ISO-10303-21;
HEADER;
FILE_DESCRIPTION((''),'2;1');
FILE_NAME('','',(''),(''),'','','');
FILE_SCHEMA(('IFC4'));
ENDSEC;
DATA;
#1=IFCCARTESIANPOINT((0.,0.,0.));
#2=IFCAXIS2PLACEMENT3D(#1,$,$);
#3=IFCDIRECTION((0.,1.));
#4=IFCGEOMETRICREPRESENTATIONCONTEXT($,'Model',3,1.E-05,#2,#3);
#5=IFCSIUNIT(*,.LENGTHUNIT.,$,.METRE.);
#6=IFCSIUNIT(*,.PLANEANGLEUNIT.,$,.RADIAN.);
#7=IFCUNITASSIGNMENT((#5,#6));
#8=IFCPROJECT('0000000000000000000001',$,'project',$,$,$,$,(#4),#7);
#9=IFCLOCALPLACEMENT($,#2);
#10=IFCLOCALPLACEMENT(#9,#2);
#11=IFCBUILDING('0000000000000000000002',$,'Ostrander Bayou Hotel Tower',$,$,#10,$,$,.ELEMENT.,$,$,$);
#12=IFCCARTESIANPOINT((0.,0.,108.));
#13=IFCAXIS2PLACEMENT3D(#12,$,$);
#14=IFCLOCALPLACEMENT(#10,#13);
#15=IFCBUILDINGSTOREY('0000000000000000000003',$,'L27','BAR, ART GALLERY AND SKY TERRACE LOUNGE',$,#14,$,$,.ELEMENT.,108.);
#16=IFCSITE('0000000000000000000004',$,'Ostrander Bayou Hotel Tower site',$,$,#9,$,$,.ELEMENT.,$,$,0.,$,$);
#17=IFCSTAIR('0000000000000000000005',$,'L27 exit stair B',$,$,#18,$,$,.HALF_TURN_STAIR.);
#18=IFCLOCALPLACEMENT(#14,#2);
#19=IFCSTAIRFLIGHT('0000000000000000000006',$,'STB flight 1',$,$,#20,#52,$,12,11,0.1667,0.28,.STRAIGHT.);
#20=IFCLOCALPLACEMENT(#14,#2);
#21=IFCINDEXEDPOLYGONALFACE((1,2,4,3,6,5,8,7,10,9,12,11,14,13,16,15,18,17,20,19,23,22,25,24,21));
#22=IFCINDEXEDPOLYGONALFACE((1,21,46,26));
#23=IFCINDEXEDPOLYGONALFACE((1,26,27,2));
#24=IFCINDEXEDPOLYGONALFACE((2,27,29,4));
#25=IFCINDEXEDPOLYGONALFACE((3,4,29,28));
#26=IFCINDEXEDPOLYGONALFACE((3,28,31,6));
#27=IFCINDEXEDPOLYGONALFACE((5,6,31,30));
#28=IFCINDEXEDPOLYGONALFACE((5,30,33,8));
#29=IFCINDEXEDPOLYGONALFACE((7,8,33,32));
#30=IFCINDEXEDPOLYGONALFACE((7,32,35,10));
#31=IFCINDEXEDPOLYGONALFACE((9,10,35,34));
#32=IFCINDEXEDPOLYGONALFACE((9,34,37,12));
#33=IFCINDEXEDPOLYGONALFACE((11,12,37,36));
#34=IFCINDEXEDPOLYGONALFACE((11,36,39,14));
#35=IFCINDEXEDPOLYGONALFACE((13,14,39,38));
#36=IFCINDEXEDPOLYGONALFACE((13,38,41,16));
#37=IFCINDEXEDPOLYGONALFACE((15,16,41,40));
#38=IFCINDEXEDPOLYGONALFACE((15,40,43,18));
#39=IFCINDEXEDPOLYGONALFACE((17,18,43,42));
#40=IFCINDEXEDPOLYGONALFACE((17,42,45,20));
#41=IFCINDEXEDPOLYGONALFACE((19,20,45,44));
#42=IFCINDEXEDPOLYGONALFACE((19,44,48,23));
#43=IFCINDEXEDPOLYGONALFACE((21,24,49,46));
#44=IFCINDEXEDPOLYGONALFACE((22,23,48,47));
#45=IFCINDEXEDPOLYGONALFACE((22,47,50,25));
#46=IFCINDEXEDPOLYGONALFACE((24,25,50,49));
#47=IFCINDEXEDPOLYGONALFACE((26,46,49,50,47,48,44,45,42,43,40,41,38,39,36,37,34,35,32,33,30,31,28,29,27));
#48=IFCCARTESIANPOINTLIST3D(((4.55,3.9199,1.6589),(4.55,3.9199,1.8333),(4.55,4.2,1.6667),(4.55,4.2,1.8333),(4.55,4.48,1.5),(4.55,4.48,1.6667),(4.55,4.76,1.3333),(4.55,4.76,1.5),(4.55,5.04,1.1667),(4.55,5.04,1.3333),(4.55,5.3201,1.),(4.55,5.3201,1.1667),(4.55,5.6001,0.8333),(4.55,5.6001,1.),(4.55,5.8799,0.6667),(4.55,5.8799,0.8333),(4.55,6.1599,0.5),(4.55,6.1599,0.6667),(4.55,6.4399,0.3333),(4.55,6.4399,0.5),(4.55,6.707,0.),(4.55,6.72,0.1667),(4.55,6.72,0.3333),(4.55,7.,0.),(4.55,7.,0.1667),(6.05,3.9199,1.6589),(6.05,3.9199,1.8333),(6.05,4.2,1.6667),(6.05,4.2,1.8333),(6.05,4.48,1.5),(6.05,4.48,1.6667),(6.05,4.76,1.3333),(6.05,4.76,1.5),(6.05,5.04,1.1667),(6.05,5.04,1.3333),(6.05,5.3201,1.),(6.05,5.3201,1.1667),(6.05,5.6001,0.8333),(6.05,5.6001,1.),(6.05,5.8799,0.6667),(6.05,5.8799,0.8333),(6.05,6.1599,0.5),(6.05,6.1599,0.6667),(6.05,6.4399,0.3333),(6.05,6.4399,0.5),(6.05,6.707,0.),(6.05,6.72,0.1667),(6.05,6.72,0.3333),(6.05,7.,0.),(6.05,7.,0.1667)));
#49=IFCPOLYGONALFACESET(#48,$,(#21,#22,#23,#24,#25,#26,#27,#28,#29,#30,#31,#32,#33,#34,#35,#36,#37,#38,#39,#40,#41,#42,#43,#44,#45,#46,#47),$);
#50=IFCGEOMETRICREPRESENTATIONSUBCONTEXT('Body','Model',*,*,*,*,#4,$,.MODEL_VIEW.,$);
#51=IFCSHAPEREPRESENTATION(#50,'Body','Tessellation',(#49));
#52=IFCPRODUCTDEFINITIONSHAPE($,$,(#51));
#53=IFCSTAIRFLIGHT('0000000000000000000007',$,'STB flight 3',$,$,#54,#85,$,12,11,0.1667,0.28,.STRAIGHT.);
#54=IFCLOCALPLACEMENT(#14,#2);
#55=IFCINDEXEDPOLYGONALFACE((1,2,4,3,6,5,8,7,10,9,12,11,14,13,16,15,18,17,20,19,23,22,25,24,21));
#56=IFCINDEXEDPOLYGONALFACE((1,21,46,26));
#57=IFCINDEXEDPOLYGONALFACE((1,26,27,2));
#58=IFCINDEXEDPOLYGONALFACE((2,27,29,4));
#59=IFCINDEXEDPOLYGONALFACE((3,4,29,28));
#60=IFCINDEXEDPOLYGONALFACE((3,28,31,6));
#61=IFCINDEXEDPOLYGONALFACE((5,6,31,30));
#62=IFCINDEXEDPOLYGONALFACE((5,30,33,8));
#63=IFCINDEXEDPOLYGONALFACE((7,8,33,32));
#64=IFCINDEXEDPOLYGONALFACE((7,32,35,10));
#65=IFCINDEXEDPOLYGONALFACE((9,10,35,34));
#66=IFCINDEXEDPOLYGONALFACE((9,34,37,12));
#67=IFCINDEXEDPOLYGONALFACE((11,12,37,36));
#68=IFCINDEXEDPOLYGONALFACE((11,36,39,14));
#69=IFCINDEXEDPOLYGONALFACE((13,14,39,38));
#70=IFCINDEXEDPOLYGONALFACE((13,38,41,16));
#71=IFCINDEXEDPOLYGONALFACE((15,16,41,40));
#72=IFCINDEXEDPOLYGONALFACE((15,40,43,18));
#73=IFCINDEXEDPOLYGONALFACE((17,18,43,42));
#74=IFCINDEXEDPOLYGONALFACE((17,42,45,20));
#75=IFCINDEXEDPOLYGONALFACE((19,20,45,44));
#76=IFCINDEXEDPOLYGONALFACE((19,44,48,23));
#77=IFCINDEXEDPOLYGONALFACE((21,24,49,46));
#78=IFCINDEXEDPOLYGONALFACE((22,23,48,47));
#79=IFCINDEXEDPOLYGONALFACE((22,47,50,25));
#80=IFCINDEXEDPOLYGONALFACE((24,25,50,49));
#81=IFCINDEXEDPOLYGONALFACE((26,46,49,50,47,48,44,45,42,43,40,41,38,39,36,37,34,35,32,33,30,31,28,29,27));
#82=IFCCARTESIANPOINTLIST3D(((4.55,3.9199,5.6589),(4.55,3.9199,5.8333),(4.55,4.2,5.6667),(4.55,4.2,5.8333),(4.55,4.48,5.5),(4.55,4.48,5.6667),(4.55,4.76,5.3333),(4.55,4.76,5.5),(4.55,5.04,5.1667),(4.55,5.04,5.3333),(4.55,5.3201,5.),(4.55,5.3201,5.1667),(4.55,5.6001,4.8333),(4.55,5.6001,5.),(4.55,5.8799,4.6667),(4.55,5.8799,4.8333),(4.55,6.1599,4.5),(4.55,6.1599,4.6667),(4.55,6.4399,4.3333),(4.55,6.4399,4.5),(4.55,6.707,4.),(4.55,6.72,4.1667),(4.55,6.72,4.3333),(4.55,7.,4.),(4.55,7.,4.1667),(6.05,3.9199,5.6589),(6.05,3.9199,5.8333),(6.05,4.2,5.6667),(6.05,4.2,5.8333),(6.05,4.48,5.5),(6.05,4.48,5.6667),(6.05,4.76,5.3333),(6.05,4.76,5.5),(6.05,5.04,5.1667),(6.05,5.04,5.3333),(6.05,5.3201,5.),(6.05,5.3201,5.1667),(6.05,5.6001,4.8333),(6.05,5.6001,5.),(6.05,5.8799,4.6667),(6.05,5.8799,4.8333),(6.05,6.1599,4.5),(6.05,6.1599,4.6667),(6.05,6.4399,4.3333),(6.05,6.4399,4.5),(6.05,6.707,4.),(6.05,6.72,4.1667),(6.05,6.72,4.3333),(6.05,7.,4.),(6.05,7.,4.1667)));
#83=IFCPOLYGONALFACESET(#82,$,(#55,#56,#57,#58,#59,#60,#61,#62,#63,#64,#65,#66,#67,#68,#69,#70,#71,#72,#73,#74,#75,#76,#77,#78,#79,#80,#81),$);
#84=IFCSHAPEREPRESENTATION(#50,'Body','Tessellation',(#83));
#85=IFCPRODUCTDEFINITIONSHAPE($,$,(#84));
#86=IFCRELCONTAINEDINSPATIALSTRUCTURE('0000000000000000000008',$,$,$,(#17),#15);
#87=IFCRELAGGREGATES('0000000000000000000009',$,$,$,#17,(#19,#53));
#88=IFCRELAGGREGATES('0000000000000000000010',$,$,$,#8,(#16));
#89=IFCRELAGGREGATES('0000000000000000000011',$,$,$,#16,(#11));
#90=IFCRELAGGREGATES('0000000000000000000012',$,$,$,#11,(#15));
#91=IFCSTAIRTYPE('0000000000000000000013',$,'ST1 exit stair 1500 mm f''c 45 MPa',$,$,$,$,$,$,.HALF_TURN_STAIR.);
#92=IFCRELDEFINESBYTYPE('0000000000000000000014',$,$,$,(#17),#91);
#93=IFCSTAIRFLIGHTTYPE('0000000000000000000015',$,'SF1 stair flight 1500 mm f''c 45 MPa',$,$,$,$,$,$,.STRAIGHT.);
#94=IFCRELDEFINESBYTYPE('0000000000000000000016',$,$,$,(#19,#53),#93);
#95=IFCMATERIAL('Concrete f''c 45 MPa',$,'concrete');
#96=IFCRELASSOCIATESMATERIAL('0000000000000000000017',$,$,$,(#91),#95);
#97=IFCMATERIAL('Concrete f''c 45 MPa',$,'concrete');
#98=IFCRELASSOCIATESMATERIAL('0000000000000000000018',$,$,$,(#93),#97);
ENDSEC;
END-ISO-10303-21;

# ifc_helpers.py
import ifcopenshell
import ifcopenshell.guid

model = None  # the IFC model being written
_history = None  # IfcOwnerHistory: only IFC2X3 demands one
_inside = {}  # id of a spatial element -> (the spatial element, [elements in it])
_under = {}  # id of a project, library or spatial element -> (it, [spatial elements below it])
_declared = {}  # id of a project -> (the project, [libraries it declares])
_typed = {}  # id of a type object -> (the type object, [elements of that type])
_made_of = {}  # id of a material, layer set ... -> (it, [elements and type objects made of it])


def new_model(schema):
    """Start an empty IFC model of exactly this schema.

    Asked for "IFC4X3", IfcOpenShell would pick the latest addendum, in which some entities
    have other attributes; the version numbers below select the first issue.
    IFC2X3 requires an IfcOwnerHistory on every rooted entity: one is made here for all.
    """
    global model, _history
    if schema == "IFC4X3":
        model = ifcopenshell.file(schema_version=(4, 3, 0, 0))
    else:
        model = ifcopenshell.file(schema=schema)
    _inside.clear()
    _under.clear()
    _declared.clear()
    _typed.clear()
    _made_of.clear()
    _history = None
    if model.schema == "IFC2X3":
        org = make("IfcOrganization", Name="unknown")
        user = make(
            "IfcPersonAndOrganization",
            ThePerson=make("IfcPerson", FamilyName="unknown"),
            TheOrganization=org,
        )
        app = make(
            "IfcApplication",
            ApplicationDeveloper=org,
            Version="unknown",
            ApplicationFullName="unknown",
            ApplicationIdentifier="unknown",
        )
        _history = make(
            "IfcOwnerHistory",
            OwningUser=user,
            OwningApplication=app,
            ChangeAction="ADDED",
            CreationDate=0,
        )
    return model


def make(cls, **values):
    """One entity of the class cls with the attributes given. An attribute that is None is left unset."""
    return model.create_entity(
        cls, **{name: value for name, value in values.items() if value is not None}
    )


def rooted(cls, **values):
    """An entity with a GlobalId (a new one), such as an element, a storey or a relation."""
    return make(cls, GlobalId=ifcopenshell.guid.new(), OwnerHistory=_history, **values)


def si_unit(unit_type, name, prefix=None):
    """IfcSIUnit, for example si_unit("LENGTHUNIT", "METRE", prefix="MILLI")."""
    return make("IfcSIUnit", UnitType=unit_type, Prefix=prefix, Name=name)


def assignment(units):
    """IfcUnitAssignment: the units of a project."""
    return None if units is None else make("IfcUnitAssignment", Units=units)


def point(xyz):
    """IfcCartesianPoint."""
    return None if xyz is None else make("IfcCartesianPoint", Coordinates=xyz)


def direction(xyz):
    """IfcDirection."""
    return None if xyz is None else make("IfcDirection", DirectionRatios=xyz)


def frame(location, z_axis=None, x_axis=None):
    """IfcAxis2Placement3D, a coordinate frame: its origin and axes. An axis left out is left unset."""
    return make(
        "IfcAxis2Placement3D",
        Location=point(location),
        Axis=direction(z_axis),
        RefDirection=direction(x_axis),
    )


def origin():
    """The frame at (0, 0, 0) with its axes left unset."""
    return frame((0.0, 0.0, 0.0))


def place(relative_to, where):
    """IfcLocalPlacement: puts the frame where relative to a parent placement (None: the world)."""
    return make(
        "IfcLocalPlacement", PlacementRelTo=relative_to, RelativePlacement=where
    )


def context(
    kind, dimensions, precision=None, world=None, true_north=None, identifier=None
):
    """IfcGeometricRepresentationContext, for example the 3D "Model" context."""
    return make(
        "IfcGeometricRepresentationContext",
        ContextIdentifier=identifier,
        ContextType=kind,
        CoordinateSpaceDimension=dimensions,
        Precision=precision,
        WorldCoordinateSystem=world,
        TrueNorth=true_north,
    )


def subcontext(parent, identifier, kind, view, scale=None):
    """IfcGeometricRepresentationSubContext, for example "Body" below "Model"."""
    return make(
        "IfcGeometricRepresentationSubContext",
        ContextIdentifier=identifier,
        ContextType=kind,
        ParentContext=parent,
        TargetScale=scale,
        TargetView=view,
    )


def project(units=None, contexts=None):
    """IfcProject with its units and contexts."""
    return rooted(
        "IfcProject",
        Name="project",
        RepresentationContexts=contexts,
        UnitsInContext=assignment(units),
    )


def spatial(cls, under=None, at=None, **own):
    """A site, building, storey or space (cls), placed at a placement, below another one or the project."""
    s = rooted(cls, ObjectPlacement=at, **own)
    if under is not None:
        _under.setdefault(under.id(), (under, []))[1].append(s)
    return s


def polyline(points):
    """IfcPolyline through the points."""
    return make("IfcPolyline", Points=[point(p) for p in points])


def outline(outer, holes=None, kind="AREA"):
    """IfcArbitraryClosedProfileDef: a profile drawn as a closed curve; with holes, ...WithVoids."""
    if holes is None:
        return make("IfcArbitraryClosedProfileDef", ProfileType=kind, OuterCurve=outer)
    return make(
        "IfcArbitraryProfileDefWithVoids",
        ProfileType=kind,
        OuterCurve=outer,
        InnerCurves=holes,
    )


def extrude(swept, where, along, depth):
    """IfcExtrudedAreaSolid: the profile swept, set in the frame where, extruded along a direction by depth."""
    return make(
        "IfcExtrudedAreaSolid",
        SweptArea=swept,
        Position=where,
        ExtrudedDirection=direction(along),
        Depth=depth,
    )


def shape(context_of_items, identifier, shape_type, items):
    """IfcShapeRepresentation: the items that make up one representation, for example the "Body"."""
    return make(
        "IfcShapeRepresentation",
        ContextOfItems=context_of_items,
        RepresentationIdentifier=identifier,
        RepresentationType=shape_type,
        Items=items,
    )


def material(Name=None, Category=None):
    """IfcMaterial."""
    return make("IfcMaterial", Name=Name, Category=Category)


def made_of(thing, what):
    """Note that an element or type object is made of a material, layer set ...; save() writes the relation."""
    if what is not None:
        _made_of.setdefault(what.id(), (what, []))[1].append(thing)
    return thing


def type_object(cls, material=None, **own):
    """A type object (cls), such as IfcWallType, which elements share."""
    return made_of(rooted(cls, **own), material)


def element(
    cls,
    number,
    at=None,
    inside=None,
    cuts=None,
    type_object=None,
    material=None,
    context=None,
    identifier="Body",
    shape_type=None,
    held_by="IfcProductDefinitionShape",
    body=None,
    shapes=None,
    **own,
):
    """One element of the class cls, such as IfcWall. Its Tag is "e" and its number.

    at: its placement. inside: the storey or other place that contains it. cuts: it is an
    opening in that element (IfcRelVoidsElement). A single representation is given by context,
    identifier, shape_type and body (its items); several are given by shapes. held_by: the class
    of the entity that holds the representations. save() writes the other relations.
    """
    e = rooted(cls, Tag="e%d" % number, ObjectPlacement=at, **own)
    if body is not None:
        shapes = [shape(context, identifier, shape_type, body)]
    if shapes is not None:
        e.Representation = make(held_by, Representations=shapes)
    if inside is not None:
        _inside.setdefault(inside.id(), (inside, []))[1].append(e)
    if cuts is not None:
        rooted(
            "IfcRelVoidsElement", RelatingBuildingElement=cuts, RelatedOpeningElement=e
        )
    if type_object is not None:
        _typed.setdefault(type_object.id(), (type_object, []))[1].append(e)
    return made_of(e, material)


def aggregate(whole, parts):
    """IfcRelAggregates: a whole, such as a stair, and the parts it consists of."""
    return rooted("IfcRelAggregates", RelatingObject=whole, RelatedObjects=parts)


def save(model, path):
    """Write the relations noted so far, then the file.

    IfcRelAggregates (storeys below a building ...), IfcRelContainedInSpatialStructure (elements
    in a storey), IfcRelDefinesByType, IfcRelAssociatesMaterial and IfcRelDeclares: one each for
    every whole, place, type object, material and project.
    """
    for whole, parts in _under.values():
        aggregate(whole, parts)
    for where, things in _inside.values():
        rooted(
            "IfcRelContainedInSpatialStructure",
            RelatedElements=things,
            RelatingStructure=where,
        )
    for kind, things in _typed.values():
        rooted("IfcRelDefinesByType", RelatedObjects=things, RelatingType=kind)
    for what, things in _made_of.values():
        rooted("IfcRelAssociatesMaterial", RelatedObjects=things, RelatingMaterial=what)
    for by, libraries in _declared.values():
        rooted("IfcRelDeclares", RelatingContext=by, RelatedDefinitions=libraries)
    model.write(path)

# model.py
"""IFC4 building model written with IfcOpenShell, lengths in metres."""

from ifc_helpers import new_model, si_unit, direction, frame, origin, place, context, subcontext, project, spatial, polyline, outline, extrude, material, type_object, element, aggregate, save


model = new_model("IFC4")

# Units and contexts
model_context = context("Model", 3, precision=1e-05, world=origin(), true_north=direction((0.0, 1.0)))
body_context = subcontext(model_context, "Body", "Model", "MODEL_VIEW")
ifc_project = project(units=[si_unit("LENGTHUNIT", "METRE"), si_unit("PLANEANGLEUNIT", "RADIAN")], contexts=[model_context])

# Site, building, storey
site_placement = place(None, origin())
site = spatial("IfcSite", under=ifc_project, at=site_placement, Name="Ostrander Bayou Hotel Tower site", CompositionType="ELEMENT", RefElevation=0.0)
building_placement = place(site_placement, origin())
building = spatial("IfcBuilding", under=site, at=building_placement, Name="Ostrander Bayou Hotel Tower", CompositionType="ELEMENT")
storey_placement = place(building_placement, frame((0.0, 0.0, 108.0)))
storey = spatial("IfcBuildingStorey", under=building, at=storey_placement, Name="L27", Description="BAR, ART GALLERY AND SKY TERRACE LOUNGE", CompositionType="ELEMENT", Elevation=108.0)

# Shared definitions
ifc_material_1 = material(Name="Concrete f'c 45 MPa", Category="concrete")
stair_type = type_object("IfcStairType", Name="ST1 exit stair 1500 mm f'c 45 MPa", PredefinedType="HALF_TURN_STAIR", material=ifc_material_1)

# Stair, stair flights
stair_1_placement = place(storey_placement, origin())
stair_1 = element("IfcStair", 1, at=stair_1_placement, inside=storey, type_object=stair_type, Name="L27 exit stair B", PredefinedType="HALF_TURN_STAIR")
ifc_material_2 = material(Name="Concrete f'c 45 MPa", Category="concrete")
stair_flight_type = type_object("IfcStairFlightType", Name="SF1 stair flight 1500 mm f'c 45 MPa", PredefinedType="STRAIGHT", material=ifc_material_2)
stair_flight_1_placement = place(storey_placement, frame((5.3, 7.0, 0.0), z_axis=(0.0, 0.0, 1.0), x_axis=(0.0, -1.0, 0.0)))
stair_flight_1 = element("IfcStairFlight", 2, at=stair_flight_1_placement, type_object=stair_flight_type, Name="STB flight 1", NumberOfRisers=12, NumberOfTreads=11, PredefinedType="STRAIGHT", RiserHeight=0.1667, TreadLength=0.28, context=body_context, shape_type="SweptSolid", body=[
    extrude(outline(polyline([(0.0, 0.0), (0.0, 0.1667), (0.28, 0.1667), (0.28, 0.3333), (0.5601, 0.3333), (0.5601, 0.5), (0.8401, 0.5), (0.8401, 0.6667), (1.1201, 0.6667), (1.1201, 0.8333), (1.3999, 0.8333), (1.3999, 1.0), (1.6799, 1.0), (1.6799, 1.1667), (1.96, 1.1667), (1.96, 1.3333), (2.24, 1.3333), (2.24, 1.5), (2.52, 1.5), (2.52, 1.6667), (2.8, 1.6667), (2.8, 1.8333), (3.0801, 1.8333), (3.0801, 2.0), (3.0801, 1.6589), (0.293, 0.0), (0.0, 0.0)])), frame((0.0, 0.75, 0.0), z_axis=(0.0, -1.0, 0.0), x_axis=(1.0, 0.0, 0.0)), (0.0, 0.0, 1.0), 1.5),
])
stair_flight_2_placement = place(storey_placement, frame((5.3, 7.0, 4.0), z_axis=(0.0, 0.0, 1.0), x_axis=(0.0, -1.0, 0.0)))
stair_flight_2 = element("IfcStairFlight", 3, at=stair_flight_2_placement, type_object=stair_flight_type, Name="STB flight 3", NumberOfRisers=12, NumberOfTreads=11, PredefinedType="STRAIGHT", RiserHeight=0.1667, TreadLength=0.28, context=body_context, shape_type="SweptSolid", body=[
    extrude(outline(polyline([(0.0, 0.0), (0.0, 0.1667), (0.28, 0.1667), (0.28, 0.3333), (0.5601, 0.3333), (0.5601, 0.5), (0.8401, 0.5), (0.8401, 0.6667), (1.1201, 0.6667), (1.1201, 0.8333), (1.3999, 0.8333), (1.3999, 1.0), (1.6799, 1.0), (1.6799, 1.1667), (1.96, 1.1667), (1.96, 1.3333), (2.24, 1.3333), (2.24, 1.5), (2.52, 1.5), (2.52, 1.6667), (2.8, 1.6667), (2.8, 1.8333), (3.0801, 1.8333), (3.0801, 2.0), (3.0801, 1.6589), (0.293, 0.0), (0.0, 0.0)])), frame((0.0, 0.75, 0.0), z_axis=(0.0, -1.0, 0.0), x_axis=(1.0, 0.0, 0.0)), (0.0, 0.0, 1.0), 1.5),
])
aggregate(stair_1, [stair_flight_1, stair_flight_2])

save(model, "model.ifc")
